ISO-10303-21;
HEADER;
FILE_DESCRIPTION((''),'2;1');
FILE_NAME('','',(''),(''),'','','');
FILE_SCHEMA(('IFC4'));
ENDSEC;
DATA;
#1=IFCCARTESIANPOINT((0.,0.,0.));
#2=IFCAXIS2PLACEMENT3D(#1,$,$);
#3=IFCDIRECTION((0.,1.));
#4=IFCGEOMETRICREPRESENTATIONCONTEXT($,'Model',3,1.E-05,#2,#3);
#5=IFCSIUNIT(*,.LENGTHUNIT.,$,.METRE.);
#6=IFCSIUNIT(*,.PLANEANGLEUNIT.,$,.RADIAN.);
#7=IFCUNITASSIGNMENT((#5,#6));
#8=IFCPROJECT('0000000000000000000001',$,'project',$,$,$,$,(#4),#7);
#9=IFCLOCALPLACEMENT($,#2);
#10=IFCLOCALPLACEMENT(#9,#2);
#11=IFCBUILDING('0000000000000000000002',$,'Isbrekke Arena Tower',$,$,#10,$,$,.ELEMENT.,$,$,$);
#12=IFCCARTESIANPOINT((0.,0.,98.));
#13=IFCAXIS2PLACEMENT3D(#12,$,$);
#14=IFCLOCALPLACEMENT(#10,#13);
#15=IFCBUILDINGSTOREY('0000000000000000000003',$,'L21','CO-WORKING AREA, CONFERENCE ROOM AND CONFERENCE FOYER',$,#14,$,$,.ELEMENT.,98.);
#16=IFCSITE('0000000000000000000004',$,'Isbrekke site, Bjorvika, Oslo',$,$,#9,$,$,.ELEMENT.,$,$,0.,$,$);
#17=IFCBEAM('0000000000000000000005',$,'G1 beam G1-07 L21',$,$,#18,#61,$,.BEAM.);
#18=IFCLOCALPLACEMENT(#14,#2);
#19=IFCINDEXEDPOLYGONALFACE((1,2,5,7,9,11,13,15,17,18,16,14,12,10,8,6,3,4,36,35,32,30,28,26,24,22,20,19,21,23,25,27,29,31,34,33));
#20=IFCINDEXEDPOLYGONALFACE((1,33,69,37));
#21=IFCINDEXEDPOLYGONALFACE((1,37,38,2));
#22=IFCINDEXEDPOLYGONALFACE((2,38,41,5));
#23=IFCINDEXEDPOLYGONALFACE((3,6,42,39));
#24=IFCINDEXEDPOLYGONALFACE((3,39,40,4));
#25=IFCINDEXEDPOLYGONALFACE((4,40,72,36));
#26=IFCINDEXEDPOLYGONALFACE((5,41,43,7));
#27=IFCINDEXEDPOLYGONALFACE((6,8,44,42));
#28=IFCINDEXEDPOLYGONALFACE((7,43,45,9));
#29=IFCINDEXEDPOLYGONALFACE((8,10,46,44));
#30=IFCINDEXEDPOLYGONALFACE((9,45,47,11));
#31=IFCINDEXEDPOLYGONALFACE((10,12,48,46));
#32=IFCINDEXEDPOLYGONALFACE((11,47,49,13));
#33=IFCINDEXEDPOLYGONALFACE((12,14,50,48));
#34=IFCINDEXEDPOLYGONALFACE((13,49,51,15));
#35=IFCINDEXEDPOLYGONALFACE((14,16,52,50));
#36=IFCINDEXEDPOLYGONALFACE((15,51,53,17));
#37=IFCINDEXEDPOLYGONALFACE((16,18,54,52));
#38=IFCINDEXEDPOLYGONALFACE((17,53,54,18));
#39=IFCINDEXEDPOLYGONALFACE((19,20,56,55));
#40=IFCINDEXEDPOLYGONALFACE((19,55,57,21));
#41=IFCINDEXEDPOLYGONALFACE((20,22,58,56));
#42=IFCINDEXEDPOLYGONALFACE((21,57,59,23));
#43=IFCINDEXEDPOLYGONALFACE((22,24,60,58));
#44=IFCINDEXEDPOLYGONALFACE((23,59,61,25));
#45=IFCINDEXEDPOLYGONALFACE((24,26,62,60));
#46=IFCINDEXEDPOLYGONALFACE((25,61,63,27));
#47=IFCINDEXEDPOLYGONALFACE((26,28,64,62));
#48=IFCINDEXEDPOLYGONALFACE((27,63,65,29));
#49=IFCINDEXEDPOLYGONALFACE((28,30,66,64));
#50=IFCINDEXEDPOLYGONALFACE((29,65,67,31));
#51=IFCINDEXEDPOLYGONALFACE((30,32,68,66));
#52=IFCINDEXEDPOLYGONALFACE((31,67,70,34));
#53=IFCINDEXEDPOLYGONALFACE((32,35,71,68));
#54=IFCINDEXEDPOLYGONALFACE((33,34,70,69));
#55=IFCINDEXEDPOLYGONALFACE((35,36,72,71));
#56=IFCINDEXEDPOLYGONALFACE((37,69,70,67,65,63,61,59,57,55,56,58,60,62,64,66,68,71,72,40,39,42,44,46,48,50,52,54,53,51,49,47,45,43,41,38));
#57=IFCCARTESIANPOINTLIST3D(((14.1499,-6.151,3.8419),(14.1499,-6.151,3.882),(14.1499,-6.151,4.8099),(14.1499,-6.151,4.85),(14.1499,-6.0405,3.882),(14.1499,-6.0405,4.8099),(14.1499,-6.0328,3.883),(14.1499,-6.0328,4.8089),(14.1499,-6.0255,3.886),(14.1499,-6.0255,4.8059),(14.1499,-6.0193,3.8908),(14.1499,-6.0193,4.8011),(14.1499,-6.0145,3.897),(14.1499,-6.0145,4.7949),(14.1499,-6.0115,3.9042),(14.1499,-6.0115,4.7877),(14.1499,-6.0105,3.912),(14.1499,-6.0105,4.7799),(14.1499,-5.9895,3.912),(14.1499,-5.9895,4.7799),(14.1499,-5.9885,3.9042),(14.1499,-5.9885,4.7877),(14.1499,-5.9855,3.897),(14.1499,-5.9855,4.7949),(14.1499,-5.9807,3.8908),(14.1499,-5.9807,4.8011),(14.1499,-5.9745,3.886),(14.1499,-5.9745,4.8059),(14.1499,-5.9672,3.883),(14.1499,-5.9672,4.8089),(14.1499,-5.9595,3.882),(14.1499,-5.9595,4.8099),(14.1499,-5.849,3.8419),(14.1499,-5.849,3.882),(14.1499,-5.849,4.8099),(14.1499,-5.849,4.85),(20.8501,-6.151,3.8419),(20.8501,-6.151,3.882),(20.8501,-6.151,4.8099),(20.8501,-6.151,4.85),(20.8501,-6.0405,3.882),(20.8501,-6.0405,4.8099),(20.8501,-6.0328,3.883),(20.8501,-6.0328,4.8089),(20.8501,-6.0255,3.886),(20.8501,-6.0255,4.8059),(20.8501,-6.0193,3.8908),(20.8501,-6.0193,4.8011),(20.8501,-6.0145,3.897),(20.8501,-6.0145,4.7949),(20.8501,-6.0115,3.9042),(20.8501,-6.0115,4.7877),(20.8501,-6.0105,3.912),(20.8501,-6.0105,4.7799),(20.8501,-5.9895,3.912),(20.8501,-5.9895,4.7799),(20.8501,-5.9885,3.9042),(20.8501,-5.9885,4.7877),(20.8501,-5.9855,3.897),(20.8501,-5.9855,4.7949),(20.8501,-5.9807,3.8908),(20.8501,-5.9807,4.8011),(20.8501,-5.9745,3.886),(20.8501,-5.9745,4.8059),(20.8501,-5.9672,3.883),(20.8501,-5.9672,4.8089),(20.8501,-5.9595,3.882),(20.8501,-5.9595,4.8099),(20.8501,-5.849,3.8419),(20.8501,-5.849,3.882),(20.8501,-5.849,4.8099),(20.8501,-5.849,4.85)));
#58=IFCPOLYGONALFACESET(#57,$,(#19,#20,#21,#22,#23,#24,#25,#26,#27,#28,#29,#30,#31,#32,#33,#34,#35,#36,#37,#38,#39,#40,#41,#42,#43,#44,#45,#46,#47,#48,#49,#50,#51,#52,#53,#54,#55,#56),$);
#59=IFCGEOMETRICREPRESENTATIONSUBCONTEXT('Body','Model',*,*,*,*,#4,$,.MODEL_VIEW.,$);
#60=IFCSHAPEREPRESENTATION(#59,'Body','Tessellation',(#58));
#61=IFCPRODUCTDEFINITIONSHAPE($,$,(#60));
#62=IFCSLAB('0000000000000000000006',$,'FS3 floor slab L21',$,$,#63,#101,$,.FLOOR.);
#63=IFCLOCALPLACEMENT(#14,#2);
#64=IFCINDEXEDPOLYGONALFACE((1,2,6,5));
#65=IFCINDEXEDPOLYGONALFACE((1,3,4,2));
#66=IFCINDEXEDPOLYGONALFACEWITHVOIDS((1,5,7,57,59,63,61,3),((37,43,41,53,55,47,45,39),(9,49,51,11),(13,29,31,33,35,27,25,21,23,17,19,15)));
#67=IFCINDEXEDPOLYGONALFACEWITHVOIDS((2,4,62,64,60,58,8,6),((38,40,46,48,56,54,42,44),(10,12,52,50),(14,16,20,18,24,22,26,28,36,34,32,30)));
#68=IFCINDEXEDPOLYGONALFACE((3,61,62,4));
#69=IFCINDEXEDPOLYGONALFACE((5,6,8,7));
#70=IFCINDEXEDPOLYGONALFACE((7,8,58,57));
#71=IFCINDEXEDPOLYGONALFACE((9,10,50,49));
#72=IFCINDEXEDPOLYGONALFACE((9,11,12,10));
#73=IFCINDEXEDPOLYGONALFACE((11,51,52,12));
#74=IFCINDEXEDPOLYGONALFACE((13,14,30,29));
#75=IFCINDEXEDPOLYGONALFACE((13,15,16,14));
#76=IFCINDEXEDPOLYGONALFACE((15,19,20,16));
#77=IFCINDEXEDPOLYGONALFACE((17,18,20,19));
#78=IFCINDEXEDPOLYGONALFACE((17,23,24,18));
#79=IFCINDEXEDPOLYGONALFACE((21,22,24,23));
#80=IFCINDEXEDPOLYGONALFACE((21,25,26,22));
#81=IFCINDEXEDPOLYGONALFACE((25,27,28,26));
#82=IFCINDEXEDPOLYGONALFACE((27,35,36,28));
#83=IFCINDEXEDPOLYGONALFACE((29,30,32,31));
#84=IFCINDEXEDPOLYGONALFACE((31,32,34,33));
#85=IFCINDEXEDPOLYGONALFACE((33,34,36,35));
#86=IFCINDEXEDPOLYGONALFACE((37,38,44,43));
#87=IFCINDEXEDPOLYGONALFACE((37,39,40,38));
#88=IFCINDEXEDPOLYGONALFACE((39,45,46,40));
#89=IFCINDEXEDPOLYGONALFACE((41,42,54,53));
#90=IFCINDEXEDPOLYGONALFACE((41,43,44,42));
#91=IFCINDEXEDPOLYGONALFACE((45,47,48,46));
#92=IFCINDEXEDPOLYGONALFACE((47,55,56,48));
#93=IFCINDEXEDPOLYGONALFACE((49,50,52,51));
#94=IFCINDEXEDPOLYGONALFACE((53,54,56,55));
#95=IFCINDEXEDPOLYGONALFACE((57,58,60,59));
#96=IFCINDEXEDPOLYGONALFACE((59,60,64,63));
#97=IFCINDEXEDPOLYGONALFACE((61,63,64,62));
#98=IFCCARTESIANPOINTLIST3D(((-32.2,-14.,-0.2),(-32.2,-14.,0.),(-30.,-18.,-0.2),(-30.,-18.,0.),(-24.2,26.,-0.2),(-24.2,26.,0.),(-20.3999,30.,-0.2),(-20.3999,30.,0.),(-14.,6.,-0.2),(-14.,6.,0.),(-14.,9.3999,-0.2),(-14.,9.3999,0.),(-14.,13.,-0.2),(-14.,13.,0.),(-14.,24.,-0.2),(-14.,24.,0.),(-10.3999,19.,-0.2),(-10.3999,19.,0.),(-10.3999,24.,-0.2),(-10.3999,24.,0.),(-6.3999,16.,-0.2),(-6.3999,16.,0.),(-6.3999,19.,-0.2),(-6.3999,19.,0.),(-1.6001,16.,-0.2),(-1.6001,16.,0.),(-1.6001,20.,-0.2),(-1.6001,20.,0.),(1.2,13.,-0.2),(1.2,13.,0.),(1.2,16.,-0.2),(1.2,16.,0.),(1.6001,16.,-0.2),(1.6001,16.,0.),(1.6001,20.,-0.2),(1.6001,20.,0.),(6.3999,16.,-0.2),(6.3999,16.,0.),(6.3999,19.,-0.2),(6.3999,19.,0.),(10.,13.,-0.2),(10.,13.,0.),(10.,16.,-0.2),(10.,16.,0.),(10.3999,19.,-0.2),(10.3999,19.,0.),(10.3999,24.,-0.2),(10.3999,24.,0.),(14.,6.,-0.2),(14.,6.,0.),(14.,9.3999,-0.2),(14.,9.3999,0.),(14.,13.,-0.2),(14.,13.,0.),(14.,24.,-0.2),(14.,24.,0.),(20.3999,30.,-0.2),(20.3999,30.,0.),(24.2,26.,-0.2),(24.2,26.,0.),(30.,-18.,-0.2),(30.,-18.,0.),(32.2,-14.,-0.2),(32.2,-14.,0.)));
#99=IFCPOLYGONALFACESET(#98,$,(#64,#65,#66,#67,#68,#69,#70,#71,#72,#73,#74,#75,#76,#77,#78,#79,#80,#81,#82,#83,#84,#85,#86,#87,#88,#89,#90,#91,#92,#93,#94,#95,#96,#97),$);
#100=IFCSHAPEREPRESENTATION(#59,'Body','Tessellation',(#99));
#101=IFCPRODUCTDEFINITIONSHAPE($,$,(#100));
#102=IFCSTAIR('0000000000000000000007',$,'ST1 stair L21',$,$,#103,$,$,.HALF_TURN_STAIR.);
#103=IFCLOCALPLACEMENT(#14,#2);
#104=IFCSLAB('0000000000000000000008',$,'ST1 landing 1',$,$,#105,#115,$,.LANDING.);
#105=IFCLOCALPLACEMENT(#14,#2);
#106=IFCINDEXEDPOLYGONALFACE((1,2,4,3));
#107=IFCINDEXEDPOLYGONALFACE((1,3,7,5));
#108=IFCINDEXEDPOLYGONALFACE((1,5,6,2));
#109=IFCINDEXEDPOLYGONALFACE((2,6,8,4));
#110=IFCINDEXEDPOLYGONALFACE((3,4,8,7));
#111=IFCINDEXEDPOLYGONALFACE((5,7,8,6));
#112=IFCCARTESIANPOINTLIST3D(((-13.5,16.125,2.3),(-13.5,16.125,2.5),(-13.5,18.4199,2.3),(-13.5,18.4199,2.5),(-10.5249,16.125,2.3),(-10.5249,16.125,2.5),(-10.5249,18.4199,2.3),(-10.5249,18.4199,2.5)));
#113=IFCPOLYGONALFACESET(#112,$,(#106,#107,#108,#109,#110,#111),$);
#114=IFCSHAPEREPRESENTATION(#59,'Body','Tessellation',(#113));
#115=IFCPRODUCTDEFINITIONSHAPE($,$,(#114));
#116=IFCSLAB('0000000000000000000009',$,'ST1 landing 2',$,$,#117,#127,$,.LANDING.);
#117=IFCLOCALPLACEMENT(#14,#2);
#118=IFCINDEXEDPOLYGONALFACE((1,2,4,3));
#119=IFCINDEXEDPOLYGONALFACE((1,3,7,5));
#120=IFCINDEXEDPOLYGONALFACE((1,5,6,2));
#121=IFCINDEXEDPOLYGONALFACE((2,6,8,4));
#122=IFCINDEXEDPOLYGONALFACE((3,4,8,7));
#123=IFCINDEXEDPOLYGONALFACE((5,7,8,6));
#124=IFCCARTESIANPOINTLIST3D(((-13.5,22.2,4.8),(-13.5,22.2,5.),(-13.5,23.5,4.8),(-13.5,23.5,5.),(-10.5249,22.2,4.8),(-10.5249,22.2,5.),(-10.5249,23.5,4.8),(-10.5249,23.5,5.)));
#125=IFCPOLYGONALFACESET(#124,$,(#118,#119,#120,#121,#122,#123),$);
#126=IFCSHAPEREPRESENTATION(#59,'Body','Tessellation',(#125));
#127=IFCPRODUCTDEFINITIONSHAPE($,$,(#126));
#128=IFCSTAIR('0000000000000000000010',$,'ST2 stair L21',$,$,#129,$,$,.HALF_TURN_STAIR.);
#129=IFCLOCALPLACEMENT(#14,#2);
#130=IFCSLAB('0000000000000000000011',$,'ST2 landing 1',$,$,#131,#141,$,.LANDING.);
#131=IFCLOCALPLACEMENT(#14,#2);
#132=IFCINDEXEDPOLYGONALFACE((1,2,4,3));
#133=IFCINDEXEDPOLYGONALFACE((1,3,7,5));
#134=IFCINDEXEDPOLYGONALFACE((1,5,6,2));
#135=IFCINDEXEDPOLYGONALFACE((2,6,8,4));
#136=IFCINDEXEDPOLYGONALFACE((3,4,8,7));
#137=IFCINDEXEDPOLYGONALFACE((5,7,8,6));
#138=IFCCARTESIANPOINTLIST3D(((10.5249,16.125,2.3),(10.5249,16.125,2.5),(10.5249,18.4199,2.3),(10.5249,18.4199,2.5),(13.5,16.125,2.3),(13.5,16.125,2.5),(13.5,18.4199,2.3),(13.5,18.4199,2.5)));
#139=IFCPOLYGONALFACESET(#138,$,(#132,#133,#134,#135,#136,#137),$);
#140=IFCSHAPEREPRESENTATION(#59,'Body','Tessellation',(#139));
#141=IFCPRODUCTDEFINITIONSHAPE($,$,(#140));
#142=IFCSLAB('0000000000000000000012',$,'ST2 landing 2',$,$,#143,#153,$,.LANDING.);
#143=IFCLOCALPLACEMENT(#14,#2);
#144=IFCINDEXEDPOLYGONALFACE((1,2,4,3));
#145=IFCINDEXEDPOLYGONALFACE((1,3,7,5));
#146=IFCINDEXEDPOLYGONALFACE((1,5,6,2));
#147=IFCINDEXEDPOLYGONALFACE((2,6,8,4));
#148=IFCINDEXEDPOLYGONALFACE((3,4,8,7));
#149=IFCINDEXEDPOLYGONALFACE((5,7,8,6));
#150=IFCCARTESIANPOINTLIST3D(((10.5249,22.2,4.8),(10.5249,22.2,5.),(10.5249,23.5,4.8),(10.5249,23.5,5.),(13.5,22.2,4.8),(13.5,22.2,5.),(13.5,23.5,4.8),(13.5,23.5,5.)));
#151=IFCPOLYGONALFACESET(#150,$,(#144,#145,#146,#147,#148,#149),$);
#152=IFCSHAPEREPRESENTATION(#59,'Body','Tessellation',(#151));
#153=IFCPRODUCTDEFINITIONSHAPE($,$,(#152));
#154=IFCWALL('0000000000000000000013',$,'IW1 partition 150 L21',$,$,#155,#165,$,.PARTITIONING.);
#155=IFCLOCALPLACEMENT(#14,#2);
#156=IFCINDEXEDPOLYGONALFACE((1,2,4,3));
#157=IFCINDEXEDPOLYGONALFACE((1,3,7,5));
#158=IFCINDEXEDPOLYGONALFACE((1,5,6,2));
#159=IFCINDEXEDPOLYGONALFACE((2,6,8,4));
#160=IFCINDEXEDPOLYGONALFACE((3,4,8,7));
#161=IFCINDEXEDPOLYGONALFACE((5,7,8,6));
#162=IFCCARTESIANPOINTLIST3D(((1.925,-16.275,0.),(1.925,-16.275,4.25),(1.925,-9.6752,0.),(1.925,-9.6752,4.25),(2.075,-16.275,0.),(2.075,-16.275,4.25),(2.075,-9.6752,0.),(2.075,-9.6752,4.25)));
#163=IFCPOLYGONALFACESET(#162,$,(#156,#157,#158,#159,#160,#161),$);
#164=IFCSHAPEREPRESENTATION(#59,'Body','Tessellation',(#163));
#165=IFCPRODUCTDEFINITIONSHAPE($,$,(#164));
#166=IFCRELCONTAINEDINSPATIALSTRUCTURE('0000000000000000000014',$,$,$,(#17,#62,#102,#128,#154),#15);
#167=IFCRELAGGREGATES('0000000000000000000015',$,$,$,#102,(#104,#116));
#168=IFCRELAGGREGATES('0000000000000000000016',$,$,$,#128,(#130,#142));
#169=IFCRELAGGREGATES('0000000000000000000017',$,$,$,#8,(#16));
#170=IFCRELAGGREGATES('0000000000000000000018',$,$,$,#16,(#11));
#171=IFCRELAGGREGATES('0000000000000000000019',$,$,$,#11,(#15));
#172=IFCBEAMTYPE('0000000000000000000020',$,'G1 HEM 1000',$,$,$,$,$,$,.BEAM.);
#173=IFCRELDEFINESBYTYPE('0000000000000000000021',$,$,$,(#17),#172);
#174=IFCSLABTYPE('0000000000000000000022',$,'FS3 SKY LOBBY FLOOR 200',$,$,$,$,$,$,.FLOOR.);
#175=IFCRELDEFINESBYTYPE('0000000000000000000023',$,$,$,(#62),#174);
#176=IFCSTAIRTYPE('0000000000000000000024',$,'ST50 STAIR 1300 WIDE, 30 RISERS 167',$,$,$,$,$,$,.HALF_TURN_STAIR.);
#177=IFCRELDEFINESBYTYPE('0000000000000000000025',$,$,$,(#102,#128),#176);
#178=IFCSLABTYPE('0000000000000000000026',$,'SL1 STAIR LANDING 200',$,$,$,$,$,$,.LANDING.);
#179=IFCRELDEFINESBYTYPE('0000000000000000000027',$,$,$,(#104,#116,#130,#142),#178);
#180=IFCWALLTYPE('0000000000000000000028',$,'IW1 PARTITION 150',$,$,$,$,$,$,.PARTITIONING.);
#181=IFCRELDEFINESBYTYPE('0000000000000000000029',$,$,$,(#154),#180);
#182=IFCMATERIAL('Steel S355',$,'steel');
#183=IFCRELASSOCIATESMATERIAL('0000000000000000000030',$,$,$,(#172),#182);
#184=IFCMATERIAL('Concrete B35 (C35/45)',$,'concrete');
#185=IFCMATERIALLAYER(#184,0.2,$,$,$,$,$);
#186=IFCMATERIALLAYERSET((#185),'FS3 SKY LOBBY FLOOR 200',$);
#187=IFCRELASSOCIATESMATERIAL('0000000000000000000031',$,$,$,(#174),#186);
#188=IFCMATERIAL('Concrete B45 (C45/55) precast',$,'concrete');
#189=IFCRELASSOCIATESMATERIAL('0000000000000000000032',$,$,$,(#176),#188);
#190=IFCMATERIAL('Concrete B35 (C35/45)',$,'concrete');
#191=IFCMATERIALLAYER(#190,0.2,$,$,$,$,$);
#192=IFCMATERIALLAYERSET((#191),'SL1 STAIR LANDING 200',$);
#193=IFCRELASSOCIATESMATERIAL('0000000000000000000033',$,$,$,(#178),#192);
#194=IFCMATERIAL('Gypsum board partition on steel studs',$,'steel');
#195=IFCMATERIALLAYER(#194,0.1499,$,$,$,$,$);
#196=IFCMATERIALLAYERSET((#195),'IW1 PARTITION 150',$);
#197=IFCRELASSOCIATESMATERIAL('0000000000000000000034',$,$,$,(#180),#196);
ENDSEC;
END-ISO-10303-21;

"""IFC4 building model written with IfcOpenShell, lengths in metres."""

from ifc_helpers import new_model, si_unit, direction, frame, frame_2d, origin, origin_2d, place, context, subcontext, project, spatial, polyline, rectangle, i_section, outline, extrude, material, layer, layer_set, material_profile, profile_set, type_object, element, aggregate, save


model = new_model("IFC4")

# Units and contexts
model_context = context("Model", 3, precision=1e-05, world=origin(), true_north=direction((0.0, 1.0)))
body_context = subcontext(model_context, "Body", "Model", "MODEL_VIEW")
ifc_project = project(units=[si_unit("LENGTHUNIT", "METRE"), si_unit("PLANEANGLEUNIT", "RADIAN")], contexts=[model_context])

# Site, building, storey
site_placement = place(None, origin())
site = spatial("IfcSite", under=ifc_project, at=site_placement, Name="Isbrekke site, Bjorvika, Oslo", CompositionType="ELEMENT", RefElevation=0.0)
building_placement = place(site_placement, origin())
building = spatial("IfcBuilding", under=site, at=building_placement, Name="Isbrekke Arena Tower", CompositionType="ELEMENT")
storey_placement = place(building_placement, frame((0.0, 0.0, 98.0)))
storey = spatial("IfcBuildingStorey", under=building, at=storey_placement, Name="L21", Description="CO-WORKING AREA, CONFERENCE ROOM AND CONFERENCE FOYER", CompositionType="ELEMENT", Elevation=98.0)

# Beam
ifc_material_1 = material(Name="Steel S355", Category="steel")
ifc_material_profile_1 = material_profile(ifc_material_1, i_section(OverallWidth=0.302, OverallDepth=1.0081, WebThickness=0.021, FlangeThickness=0.04, FilletRadius=0.03, at=origin_2d()), Name="HEM 1000")
ifc_profile_set_1 = profile_set([ifc_material_profile_1], Name="Steel S355")
beam_type_1 = type_object("IfcBeamType", Name="G1 HEM 1000", PredefinedType="BEAM", material=ifc_profile_set_1)
for number, where, z_axis, x_axis, name in (
    (1, (14.1499, -6.0, 4.3459), (1.0, 0.0, 0.0), (0.0, 1.0, 0.0), "G1 beam G1-07 L21"),
):
    element("IfcBeam", number, at=place(storey_placement, frame(where, z_axis=z_axis, x_axis=x_axis)), inside=storey, type_object=beam_type_1, Name=name, PredefinedType="BEAM", context=body_context, shape_type="SweptSolid", body=[
        extrude(i_section(OverallWidth=0.302, OverallDepth=1.0081, WebThickness=0.021, FlangeThickness=0.04, FilletRadius=0.03, at=origin_2d()), origin(), (0.0, 0.0, 1.0), 6.7002),
    ])

# Slab
ifc_material_2 = material(Name="Concrete B35 (C35/45)", Category="concrete")
ifc_layer_1 = layer(ifc_material_2, 0.2)
ifc_layer_set_1 = layer_set([ifc_layer_1], Name="FS3 SKY LOBBY FLOOR 200")
slab_type_1 = type_object("IfcSlabType", Name="FS3 SKY LOBBY FLOOR 200", PredefinedType="FLOOR", material=ifc_layer_set_1)
slab_1_placement = place(storey_placement, frame((0.0, 0.0, -0.2)))
element("IfcSlab", 2, at=slab_1_placement, inside=storey, type_object=slab_type_1, Name="FS3 floor slab L21", PredefinedType="FLOOR", context=body_context, shape_type="SweptSolid", body=[
    extrude(outline(polyline([(-30.0, -18.0), (30.0, -18.0), (32.2, -14.0), (24.2, 26.0), (20.3999, 30.0), (-20.3999, 30.0), (-24.2, 26.0), (-32.2, -14.0), (-30.0, -18.0)]), holes=[polyline([(14.0, 9.3999), (14.0, 6.0), (-14.0, 6.0), (-14.0, 9.3999), (14.0, 9.3999)]), polyline([(-6.3999, 19.0), (-6.3999, 16.0), (-1.6001, 16.0), (-1.6001, 20.0), (1.6001, 20.0), (1.6001, 16.0), (1.2, 16.0), (1.2, 13.0), (-14.0, 13.0), (-14.0, 24.0), (-10.3999, 24.0), (-10.3999, 19.0), (-6.3999, 19.0)]), polyline([(10.0, 13.0), (10.0, 16.0), (6.3999, 16.0), (6.3999, 19.0), (10.3999, 19.0), (10.3999, 24.0), (14.0, 24.0), (14.0, 13.0), (10.0, 13.0)])]), origin(), (0.0, 0.0, 1.0), 0.2),
])

# Stairs, slabs
ifc_material_3 = material(Name="Concrete B45 (C45/55) precast", Category="concrete")
stair_type = type_object("IfcStairType", Name="ST50 STAIR 1300 WIDE, 30 RISERS 167", PredefinedType="HALF_TURN_STAIR", material=ifc_material_3)
stair_1_placement = place(storey_placement, origin())
stair_1 = element("IfcStair", 3, at=stair_1_placement, inside=storey, type_object=stair_type, Name="ST1 stair L21", PredefinedType="HALF_TURN_STAIR")
ifc_material_4 = material(Name="Concrete B35 (C35/45)", Category="concrete")
ifc_layer_2 = layer(ifc_material_4, 0.2)
ifc_layer_set_2 = layer_set([ifc_layer_2], Name="SL1 STAIR LANDING 200")
slab_type_2 = type_object("IfcSlabType", Name="SL1 STAIR LANDING 200", PredefinedType="LANDING", material=ifc_layer_set_2)
slab_2_placement = place(storey_placement, frame((0.0, 0.0, 2.3)))
slab_2 = element("IfcSlab", 4, at=slab_2_placement, type_object=slab_type_2, Name="ST1 landing 1", PredefinedType="LANDING", context=body_context, shape_type="SweptSolid", body=[
    extrude(outline(polyline([(-13.5, 16.125), (-10.5249, 16.125), (-10.5249, 18.4199), (-13.5, 18.4199), (-13.5, 16.125)])), origin(), (0.0, 0.0, 1.0), 0.2),
])
slab_3_placement = place(storey_placement, frame((0.0, 0.0, 4.8)))
slab_3 = element("IfcSlab", 5, at=slab_3_placement, type_object=slab_type_2, Name="ST1 landing 2", PredefinedType="LANDING", context=body_context, shape_type="SweptSolid", body=[
    extrude(outline(polyline([(-13.5, 22.2), (-10.5249, 22.2), (-10.5249, 23.5), (-13.5, 23.5), (-13.5, 22.2)])), origin(), (0.0, 0.0, 1.0), 0.2),
])
aggregate(stair_1, [slab_2, slab_3])
stair_2_placement = place(storey_placement, origin())
stair_2 = element("IfcStair", 6, at=stair_2_placement, inside=storey, type_object=stair_type, Name="ST2 stair L21", PredefinedType="HALF_TURN_STAIR")
slab_4_placement = place(storey_placement, frame((0.0, 0.0, 2.3)))
slab_4 = element("IfcSlab", 7, at=slab_4_placement, type_object=slab_type_2, Name="ST2 landing 1", PredefinedType="LANDING", context=body_context, shape_type="SweptSolid", body=[
    extrude(outline(polyline([(10.5249, 16.125), (13.5, 16.125), (13.5, 18.4199), (10.5249, 18.4199), (10.5249, 16.125)])), origin(), (0.0, 0.0, 1.0), 0.2),
])
slab_5_placement = place(storey_placement, frame((0.0, 0.0, 4.8)))
slab_5 = element("IfcSlab", 8, at=slab_5_placement, type_object=slab_type_2, Name="ST2 landing 2", PredefinedType="LANDING", context=body_context, shape_type="SweptSolid", body=[
    extrude(outline(polyline([(10.5249, 22.2), (13.5, 22.2), (13.5, 23.5), (10.5249, 23.5), (10.5249, 22.2)])), origin(), (0.0, 0.0, 1.0), 0.2),
])
aggregate(stair_2, [slab_4, slab_5])

# Wall
ifc_material_5 = material(Name="Gypsum board partition on steel studs", Category="steel")
ifc_layer_3 = layer(ifc_material_5, 0.1499)
ifc_layer_set_3 = layer_set([ifc_layer_3], Name="IW1 PARTITION 150")
wall_type_1 = type_object("IfcWallType", Name="IW1 PARTITION 150", PredefinedType="PARTITIONING", material=ifc_layer_set_3)
wall_1_placement = place(storey_placement, frame((2.0, -16.2749, 0.0), z_axis=(0.0, 0.0, 1.0), x_axis=(0.0, 1.0, 0.0)))
element("IfcWall", 9, at=wall_1_placement, inside=storey, type_object=wall_type_1, Name="IW1 partition 150 L21", PredefinedType="PARTITIONING", context=body_context, shape_type="SweptSolid", body=[
    extrude(rectangle(XDim=6.5999, YDim=0.1499, at=frame_2d((3.2998, 0.0))), origin(), (0.0, 0.0, 1.0), 4.25),
])

save(model, "model.ifc")
